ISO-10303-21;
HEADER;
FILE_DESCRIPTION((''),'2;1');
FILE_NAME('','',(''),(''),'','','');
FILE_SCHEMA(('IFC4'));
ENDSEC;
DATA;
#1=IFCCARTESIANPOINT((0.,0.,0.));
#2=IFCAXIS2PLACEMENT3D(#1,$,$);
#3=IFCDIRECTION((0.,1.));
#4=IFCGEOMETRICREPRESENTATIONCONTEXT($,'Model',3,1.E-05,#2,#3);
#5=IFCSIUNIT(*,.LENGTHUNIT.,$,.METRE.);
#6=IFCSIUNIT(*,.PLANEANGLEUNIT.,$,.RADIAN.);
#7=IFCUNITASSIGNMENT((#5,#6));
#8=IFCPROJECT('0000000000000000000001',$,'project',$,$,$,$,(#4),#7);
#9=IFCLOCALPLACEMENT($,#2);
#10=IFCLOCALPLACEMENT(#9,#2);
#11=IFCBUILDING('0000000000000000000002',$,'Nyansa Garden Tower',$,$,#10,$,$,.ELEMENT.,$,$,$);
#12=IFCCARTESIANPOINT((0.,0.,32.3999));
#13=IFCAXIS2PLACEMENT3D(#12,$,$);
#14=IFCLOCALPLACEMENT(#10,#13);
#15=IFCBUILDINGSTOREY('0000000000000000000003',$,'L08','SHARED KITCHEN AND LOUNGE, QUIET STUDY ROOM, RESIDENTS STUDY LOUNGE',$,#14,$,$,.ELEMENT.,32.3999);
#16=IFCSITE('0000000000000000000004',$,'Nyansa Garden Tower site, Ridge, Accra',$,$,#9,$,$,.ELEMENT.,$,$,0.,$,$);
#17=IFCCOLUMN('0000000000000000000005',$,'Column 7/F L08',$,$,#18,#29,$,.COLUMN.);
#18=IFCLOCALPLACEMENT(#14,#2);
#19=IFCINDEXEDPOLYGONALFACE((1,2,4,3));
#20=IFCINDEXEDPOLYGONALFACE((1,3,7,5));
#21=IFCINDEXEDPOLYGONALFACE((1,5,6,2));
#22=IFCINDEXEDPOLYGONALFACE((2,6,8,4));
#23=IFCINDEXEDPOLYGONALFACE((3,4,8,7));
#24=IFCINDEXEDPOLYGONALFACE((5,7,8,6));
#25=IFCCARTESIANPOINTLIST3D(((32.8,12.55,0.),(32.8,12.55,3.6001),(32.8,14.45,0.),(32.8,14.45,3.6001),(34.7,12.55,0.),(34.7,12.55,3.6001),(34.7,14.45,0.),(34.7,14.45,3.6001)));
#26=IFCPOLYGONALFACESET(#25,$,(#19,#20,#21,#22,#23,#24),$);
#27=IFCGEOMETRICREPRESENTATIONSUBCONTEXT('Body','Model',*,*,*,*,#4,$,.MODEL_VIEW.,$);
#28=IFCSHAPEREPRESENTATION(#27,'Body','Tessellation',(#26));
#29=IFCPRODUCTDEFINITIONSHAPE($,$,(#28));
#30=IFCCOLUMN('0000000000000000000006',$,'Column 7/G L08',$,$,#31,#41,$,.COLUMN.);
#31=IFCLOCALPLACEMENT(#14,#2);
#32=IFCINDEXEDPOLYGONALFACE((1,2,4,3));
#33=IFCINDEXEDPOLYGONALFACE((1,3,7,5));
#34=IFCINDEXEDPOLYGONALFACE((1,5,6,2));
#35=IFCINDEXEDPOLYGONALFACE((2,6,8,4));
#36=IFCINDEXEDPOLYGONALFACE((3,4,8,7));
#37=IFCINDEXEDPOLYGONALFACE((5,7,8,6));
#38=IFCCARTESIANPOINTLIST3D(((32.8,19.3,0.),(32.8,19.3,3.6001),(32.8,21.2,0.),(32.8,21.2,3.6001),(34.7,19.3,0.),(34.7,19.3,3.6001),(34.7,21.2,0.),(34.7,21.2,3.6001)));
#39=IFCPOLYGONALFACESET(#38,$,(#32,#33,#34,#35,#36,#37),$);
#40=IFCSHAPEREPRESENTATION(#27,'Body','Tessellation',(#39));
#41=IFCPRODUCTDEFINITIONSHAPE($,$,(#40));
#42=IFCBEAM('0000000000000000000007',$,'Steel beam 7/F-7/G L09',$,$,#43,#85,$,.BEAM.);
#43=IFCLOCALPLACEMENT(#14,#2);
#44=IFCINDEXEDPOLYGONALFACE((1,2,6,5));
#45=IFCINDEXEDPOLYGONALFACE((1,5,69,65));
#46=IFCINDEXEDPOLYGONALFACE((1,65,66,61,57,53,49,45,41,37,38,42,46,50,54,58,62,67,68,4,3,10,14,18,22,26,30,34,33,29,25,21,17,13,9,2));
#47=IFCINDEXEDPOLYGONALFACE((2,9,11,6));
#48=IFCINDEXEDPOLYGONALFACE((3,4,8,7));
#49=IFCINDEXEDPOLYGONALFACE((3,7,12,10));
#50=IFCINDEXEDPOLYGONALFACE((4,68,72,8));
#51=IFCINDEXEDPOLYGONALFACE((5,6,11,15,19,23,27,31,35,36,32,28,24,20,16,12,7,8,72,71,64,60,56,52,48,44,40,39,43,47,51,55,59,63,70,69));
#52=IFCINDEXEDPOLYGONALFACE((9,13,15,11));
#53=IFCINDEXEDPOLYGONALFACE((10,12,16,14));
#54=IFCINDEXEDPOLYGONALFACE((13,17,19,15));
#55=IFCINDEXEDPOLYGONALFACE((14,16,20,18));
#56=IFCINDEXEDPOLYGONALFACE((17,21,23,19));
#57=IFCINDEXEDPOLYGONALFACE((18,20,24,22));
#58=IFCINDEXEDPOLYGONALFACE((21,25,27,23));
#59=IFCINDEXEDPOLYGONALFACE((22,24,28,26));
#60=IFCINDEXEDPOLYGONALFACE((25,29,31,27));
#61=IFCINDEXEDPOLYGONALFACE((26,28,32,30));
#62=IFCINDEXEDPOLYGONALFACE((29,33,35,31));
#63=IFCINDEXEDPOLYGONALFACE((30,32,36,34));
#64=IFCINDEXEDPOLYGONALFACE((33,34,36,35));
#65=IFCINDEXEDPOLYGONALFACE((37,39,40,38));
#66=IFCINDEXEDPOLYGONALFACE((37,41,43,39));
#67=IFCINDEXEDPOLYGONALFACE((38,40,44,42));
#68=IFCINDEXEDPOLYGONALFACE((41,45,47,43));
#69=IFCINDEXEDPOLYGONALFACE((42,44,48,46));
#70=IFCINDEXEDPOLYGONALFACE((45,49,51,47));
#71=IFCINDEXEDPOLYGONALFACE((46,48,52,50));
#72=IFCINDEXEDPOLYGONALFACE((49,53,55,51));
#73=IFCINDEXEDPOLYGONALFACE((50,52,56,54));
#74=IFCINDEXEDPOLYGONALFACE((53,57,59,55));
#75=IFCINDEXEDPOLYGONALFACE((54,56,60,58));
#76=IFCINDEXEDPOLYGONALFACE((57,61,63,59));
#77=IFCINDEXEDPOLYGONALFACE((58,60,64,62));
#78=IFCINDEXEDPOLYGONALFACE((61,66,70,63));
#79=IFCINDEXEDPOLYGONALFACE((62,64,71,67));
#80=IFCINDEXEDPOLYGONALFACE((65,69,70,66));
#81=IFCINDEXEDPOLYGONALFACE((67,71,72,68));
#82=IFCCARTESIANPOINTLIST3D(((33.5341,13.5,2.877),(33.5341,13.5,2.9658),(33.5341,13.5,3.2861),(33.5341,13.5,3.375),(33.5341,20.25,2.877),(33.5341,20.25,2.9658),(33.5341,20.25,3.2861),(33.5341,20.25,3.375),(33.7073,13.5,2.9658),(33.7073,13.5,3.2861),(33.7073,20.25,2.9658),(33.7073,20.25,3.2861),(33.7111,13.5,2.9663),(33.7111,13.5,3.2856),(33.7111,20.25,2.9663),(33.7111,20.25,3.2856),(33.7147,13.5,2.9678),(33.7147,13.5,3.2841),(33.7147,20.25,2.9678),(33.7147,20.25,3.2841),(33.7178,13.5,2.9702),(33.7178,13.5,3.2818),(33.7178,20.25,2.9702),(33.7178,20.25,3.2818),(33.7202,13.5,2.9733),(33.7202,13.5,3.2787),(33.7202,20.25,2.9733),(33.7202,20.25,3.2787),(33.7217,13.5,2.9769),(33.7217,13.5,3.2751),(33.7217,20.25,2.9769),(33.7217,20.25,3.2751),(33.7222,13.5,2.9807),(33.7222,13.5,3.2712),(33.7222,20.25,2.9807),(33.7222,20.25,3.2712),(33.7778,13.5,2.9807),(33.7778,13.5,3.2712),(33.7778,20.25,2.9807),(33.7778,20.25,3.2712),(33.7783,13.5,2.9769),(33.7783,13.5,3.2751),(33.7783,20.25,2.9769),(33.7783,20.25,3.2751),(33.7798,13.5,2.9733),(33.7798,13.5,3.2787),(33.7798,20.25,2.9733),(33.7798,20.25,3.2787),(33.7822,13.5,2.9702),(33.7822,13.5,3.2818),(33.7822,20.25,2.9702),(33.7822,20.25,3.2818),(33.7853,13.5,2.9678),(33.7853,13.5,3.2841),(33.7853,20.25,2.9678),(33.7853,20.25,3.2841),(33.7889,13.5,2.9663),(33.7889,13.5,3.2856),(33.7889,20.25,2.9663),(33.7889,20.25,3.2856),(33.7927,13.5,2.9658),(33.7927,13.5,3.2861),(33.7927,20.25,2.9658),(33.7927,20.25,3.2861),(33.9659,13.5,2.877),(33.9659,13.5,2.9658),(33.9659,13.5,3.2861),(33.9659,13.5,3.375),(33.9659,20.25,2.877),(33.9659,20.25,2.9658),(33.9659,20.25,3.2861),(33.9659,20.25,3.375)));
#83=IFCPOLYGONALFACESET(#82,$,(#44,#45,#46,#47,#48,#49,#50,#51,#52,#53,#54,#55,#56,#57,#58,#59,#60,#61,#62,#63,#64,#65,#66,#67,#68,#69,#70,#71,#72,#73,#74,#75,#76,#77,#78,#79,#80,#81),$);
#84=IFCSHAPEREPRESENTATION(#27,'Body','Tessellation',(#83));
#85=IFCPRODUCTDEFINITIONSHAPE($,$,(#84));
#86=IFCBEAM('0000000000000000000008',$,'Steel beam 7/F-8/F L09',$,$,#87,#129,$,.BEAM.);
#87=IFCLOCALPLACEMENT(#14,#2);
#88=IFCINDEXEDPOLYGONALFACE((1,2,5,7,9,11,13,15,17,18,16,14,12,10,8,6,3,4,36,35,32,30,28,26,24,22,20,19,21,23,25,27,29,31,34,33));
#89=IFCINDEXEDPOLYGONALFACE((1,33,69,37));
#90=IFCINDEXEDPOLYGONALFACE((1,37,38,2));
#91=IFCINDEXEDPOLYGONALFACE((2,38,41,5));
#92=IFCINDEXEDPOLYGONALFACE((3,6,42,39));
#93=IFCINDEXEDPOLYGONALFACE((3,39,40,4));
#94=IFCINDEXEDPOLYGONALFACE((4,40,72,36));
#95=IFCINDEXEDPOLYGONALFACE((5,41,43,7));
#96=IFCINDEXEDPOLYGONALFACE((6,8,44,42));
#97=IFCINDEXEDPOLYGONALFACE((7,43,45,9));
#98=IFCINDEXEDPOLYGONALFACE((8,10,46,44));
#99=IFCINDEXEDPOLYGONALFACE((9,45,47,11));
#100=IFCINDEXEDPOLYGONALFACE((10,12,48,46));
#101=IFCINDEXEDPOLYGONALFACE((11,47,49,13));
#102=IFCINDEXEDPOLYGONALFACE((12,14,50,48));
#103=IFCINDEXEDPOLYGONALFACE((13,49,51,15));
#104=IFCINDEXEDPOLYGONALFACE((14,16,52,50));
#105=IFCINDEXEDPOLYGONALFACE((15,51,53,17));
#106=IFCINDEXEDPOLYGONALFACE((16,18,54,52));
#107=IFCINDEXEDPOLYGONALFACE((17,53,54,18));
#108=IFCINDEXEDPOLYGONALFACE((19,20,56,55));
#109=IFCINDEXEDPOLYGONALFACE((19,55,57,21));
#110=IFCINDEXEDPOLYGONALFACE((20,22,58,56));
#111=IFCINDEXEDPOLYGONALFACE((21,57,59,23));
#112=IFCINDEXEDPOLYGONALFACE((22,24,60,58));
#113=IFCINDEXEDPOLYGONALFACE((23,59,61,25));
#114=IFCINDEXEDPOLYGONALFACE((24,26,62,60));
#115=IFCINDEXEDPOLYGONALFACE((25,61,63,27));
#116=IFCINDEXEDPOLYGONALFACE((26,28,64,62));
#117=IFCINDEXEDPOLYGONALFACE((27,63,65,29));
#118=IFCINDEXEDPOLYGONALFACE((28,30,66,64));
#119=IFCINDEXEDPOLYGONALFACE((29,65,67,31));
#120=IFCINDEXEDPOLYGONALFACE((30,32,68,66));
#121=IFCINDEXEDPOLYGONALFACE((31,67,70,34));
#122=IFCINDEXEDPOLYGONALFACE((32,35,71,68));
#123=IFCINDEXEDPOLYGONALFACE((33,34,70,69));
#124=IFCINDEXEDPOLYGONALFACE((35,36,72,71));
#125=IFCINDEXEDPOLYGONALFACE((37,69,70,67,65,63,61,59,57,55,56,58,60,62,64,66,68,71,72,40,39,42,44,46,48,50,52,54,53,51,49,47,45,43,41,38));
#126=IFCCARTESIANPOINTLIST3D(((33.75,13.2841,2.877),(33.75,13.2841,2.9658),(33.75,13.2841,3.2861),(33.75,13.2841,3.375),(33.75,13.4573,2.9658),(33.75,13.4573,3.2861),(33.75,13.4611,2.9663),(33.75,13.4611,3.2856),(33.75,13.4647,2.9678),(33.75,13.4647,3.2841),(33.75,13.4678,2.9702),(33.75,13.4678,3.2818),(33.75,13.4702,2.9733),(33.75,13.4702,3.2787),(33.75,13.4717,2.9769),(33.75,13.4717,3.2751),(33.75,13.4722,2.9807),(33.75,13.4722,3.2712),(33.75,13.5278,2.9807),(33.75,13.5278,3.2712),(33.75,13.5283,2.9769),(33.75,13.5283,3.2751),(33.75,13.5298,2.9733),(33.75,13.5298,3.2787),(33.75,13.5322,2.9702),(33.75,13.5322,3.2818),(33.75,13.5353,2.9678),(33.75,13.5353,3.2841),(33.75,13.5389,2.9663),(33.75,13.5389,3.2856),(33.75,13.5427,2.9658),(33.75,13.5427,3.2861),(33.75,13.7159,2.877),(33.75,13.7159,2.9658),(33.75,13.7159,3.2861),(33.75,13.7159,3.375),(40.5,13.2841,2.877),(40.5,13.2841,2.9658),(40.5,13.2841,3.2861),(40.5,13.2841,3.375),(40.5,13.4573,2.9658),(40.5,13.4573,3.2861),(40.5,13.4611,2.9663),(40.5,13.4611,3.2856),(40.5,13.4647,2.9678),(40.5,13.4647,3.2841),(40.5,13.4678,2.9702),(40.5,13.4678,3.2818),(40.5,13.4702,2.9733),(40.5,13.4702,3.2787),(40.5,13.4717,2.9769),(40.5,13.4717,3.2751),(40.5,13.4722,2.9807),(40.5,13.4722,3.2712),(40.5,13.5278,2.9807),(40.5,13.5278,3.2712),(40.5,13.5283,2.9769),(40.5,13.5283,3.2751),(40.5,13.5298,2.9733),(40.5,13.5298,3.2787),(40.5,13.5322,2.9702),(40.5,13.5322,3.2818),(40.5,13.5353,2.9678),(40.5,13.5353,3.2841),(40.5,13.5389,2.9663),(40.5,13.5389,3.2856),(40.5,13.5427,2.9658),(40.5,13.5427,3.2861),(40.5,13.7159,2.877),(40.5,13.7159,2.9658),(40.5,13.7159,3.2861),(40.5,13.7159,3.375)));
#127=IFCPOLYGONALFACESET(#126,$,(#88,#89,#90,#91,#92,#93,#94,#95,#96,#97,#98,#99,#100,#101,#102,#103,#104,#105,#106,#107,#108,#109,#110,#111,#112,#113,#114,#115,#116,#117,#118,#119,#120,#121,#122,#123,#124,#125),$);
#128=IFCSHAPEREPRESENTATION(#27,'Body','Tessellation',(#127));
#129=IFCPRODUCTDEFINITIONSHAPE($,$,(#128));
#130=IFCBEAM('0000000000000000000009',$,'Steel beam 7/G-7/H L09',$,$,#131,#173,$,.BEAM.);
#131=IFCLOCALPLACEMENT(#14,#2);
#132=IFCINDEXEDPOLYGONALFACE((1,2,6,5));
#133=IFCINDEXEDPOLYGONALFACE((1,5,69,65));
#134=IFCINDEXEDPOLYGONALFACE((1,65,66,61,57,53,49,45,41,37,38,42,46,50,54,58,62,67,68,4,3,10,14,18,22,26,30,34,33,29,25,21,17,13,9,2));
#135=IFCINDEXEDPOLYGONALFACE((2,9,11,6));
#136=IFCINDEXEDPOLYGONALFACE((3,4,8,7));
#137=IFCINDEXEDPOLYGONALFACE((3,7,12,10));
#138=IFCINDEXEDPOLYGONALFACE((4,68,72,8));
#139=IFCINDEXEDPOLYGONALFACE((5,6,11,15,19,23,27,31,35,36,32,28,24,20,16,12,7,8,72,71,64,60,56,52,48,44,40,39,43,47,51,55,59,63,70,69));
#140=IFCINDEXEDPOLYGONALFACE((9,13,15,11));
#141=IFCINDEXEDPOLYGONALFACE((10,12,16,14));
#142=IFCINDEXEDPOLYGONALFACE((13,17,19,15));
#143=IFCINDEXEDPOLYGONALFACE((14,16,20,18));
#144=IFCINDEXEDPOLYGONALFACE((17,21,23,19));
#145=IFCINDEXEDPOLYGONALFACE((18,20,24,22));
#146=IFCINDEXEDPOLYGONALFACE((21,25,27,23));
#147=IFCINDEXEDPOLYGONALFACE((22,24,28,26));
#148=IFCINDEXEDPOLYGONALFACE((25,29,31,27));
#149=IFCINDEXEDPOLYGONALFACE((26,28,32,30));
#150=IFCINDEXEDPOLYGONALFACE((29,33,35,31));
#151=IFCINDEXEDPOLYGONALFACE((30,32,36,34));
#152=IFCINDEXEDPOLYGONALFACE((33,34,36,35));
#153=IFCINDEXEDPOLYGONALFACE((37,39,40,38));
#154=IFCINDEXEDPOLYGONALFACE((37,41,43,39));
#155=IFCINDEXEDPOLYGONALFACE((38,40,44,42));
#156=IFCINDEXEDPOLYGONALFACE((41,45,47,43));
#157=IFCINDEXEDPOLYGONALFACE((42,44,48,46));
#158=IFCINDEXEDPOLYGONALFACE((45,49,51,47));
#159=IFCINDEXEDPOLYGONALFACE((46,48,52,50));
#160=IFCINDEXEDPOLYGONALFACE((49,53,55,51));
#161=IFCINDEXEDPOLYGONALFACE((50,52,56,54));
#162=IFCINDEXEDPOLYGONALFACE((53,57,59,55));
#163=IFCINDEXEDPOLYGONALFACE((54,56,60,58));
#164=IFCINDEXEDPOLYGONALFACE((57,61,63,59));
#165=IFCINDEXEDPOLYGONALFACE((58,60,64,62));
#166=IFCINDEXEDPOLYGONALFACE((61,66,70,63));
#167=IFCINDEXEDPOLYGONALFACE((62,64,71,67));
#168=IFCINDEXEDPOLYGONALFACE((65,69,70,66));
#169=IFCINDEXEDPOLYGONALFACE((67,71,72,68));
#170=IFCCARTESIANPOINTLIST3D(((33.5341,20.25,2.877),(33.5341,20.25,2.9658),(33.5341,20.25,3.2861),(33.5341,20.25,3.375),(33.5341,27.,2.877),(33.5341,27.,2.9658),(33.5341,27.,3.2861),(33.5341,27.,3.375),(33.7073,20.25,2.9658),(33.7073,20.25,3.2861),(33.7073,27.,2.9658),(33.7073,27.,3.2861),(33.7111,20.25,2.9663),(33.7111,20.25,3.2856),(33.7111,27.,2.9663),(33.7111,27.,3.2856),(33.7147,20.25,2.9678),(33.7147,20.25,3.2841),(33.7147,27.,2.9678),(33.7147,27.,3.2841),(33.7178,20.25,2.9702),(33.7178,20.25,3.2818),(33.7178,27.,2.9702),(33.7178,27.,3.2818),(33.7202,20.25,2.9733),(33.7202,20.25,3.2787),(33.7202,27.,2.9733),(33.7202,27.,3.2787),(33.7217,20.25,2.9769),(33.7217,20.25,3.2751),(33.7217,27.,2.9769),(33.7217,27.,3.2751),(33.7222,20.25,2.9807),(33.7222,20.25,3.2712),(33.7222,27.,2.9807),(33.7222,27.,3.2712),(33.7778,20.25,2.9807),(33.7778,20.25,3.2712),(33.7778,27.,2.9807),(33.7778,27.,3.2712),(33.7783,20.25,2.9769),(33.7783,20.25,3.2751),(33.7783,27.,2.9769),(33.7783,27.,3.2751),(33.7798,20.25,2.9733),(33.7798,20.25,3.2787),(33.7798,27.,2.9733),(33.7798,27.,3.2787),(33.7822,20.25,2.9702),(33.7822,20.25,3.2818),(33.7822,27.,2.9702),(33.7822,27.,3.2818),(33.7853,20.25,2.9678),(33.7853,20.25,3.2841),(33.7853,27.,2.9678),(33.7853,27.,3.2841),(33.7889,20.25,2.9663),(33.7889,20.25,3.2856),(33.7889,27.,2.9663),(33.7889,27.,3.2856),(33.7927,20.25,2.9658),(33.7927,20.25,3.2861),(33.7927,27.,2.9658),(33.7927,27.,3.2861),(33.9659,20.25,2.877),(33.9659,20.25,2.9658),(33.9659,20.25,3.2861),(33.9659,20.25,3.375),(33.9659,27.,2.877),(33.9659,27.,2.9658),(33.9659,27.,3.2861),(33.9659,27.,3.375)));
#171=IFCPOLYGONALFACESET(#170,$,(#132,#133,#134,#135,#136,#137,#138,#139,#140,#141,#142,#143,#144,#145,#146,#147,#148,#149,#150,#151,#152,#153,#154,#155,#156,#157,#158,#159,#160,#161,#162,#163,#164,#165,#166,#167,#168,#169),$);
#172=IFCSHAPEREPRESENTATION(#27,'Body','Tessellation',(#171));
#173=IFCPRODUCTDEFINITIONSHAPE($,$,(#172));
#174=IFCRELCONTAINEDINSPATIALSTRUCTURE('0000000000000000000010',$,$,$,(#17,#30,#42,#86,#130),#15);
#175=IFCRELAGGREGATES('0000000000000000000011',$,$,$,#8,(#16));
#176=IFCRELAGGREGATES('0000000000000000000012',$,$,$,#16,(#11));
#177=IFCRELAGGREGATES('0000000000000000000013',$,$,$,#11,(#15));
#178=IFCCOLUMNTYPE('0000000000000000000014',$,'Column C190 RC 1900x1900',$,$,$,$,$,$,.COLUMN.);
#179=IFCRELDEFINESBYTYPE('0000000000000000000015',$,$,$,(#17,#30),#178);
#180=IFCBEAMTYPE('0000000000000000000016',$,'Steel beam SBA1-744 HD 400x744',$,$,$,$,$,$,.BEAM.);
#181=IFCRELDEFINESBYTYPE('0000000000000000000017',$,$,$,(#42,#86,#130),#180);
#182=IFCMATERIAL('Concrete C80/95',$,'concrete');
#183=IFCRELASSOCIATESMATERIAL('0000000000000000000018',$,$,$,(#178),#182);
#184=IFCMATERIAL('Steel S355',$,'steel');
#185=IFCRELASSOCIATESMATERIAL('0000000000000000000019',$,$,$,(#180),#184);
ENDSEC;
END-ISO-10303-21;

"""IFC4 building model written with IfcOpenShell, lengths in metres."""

from ifc_helpers import new_model, si_unit, direction, frame, origin, origin_2d, place, context, subcontext, project, spatial, rectangle, i_section, extrude, material, material_profile, profile_set, type_object, element, save


model = new_model("IFC4")

# Units and contexts
model_context = context("Model", 3, precision=1e-05, world=origin(), true_north=direction((0.0, 1.0)))
body_context = subcontext(model_context, "Body", "Model", "MODEL_VIEW")
ifc_project = project(units=[si_unit("LENGTHUNIT", "METRE"), si_unit("PLANEANGLEUNIT", "RADIAN")], contexts=[model_context])

# Site, building, storey
site_placement = place(None, origin())
site = spatial("IfcSite", under=ifc_project, at=site_placement, Name="Nyansa Garden Tower site, Ridge, Accra", CompositionType="ELEMENT", RefElevation=0.0)
building_placement = place(site_placement, origin())
building = spatial("IfcBuilding", under=site, at=building_placement, Name="Nyansa Garden Tower", CompositionType="ELEMENT")
storey_placement = place(building_placement, frame((0.0, 0.0, 32.3999)))
storey = spatial("IfcBuildingStorey", under=building, at=storey_placement, Name="L08", Description="SHARED KITCHEN AND LOUNGE, QUIET STUDY ROOM, RESIDENTS STUDY LOUNGE", CompositionType="ELEMENT", Elevation=32.3999)

# Columns
ifc_material_1 = material(Name="Concrete C80/95", Category="concrete")
ifc_material_profile_1 = material_profile(ifc_material_1, rectangle(XDim=1.8999, YDim=1.8999, at=origin_2d()), Name="RC 1900x1900")
ifc_profile_set_1 = profile_set([ifc_material_profile_1], Name="Concrete C80/95")
column_type = type_object("IfcColumnType", Name="Column C190 RC 1900x1900", PredefinedType="COLUMN", material=ifc_profile_set_1)
for number, where, z_axis, x_axis, name in (
    (1, (33.75, 13.5, 0.0), (0.0, 0.0, 1.0), (1.0, 0.0, 0.0), "Column 7/F L08"),
    (2, (33.75, 20.25, 0.0), (0.0, 0.0, 1.0), (1.0, 0.0, 0.0), "Column 7/G L08"),
):
    element("IfcColumn", number, at=place(storey_placement, frame(where, z_axis=z_axis, x_axis=x_axis)), inside=storey, type_object=column_type, Name=name, PredefinedType="COLUMN", context=body_context, shape_type="SweptSolid", body=[
        extrude(rectangle(XDim=1.8999, YDim=1.8999, at=origin_2d()), origin(), (0.0, 0.0, 1.0), 3.6001),
    ])

# Beams
ifc_material_2 = material(Name="Steel S355", Category="steel")
ifc_material_profile_2 = material_profile(ifc_material_2, i_section(OverallWidth=0.4319, OverallDepth=0.498, WebThickness=0.0557, FlangeThickness=0.0889, FilletRadius=0.0149, at=origin_2d()), Name="HD 400x744")
ifc_profile_set_2 = profile_set([ifc_material_profile_2], Name="Steel S355")
beam_type = type_object("IfcBeamType", Name="Steel beam SBA1-744 HD 400x744", PredefinedType="BEAM", material=ifc_profile_set_2)
for number, where, z_axis, x_axis, name in (
    (3, (33.75, 13.5, 3.126), (0.0, 1.0, 0.0), (-1.0, 0.0, 0.0), "Steel beam 7/F-7/G L09"),
    (4, (33.75, 13.5, 3.126), (1.0, 0.0, 0.0), (0.0, 1.0, 0.0), "Steel beam 7/F-8/F L09"),
    (5, (33.75, 20.25, 3.126), (0.0, 1.0, 0.0), (-1.0, 0.0, 0.0), "Steel beam 7/G-7/H L09"),
):
    element("IfcBeam", number, at=place(storey_placement, frame(where, z_axis=z_axis, x_axis=x_axis)), inside=storey, type_object=beam_type, Name=name, PredefinedType="BEAM", context=body_context, shape_type="SweptSolid", body=[
        extrude(i_section(OverallWidth=0.4319, OverallDepth=0.498, WebThickness=0.0557, FlangeThickness=0.0889, FilletRadius=0.0149, at=origin_2d()), origin(), (0.0, 0.0, 1.0), 6.75),
    ])

save(model, "model.ifc")
